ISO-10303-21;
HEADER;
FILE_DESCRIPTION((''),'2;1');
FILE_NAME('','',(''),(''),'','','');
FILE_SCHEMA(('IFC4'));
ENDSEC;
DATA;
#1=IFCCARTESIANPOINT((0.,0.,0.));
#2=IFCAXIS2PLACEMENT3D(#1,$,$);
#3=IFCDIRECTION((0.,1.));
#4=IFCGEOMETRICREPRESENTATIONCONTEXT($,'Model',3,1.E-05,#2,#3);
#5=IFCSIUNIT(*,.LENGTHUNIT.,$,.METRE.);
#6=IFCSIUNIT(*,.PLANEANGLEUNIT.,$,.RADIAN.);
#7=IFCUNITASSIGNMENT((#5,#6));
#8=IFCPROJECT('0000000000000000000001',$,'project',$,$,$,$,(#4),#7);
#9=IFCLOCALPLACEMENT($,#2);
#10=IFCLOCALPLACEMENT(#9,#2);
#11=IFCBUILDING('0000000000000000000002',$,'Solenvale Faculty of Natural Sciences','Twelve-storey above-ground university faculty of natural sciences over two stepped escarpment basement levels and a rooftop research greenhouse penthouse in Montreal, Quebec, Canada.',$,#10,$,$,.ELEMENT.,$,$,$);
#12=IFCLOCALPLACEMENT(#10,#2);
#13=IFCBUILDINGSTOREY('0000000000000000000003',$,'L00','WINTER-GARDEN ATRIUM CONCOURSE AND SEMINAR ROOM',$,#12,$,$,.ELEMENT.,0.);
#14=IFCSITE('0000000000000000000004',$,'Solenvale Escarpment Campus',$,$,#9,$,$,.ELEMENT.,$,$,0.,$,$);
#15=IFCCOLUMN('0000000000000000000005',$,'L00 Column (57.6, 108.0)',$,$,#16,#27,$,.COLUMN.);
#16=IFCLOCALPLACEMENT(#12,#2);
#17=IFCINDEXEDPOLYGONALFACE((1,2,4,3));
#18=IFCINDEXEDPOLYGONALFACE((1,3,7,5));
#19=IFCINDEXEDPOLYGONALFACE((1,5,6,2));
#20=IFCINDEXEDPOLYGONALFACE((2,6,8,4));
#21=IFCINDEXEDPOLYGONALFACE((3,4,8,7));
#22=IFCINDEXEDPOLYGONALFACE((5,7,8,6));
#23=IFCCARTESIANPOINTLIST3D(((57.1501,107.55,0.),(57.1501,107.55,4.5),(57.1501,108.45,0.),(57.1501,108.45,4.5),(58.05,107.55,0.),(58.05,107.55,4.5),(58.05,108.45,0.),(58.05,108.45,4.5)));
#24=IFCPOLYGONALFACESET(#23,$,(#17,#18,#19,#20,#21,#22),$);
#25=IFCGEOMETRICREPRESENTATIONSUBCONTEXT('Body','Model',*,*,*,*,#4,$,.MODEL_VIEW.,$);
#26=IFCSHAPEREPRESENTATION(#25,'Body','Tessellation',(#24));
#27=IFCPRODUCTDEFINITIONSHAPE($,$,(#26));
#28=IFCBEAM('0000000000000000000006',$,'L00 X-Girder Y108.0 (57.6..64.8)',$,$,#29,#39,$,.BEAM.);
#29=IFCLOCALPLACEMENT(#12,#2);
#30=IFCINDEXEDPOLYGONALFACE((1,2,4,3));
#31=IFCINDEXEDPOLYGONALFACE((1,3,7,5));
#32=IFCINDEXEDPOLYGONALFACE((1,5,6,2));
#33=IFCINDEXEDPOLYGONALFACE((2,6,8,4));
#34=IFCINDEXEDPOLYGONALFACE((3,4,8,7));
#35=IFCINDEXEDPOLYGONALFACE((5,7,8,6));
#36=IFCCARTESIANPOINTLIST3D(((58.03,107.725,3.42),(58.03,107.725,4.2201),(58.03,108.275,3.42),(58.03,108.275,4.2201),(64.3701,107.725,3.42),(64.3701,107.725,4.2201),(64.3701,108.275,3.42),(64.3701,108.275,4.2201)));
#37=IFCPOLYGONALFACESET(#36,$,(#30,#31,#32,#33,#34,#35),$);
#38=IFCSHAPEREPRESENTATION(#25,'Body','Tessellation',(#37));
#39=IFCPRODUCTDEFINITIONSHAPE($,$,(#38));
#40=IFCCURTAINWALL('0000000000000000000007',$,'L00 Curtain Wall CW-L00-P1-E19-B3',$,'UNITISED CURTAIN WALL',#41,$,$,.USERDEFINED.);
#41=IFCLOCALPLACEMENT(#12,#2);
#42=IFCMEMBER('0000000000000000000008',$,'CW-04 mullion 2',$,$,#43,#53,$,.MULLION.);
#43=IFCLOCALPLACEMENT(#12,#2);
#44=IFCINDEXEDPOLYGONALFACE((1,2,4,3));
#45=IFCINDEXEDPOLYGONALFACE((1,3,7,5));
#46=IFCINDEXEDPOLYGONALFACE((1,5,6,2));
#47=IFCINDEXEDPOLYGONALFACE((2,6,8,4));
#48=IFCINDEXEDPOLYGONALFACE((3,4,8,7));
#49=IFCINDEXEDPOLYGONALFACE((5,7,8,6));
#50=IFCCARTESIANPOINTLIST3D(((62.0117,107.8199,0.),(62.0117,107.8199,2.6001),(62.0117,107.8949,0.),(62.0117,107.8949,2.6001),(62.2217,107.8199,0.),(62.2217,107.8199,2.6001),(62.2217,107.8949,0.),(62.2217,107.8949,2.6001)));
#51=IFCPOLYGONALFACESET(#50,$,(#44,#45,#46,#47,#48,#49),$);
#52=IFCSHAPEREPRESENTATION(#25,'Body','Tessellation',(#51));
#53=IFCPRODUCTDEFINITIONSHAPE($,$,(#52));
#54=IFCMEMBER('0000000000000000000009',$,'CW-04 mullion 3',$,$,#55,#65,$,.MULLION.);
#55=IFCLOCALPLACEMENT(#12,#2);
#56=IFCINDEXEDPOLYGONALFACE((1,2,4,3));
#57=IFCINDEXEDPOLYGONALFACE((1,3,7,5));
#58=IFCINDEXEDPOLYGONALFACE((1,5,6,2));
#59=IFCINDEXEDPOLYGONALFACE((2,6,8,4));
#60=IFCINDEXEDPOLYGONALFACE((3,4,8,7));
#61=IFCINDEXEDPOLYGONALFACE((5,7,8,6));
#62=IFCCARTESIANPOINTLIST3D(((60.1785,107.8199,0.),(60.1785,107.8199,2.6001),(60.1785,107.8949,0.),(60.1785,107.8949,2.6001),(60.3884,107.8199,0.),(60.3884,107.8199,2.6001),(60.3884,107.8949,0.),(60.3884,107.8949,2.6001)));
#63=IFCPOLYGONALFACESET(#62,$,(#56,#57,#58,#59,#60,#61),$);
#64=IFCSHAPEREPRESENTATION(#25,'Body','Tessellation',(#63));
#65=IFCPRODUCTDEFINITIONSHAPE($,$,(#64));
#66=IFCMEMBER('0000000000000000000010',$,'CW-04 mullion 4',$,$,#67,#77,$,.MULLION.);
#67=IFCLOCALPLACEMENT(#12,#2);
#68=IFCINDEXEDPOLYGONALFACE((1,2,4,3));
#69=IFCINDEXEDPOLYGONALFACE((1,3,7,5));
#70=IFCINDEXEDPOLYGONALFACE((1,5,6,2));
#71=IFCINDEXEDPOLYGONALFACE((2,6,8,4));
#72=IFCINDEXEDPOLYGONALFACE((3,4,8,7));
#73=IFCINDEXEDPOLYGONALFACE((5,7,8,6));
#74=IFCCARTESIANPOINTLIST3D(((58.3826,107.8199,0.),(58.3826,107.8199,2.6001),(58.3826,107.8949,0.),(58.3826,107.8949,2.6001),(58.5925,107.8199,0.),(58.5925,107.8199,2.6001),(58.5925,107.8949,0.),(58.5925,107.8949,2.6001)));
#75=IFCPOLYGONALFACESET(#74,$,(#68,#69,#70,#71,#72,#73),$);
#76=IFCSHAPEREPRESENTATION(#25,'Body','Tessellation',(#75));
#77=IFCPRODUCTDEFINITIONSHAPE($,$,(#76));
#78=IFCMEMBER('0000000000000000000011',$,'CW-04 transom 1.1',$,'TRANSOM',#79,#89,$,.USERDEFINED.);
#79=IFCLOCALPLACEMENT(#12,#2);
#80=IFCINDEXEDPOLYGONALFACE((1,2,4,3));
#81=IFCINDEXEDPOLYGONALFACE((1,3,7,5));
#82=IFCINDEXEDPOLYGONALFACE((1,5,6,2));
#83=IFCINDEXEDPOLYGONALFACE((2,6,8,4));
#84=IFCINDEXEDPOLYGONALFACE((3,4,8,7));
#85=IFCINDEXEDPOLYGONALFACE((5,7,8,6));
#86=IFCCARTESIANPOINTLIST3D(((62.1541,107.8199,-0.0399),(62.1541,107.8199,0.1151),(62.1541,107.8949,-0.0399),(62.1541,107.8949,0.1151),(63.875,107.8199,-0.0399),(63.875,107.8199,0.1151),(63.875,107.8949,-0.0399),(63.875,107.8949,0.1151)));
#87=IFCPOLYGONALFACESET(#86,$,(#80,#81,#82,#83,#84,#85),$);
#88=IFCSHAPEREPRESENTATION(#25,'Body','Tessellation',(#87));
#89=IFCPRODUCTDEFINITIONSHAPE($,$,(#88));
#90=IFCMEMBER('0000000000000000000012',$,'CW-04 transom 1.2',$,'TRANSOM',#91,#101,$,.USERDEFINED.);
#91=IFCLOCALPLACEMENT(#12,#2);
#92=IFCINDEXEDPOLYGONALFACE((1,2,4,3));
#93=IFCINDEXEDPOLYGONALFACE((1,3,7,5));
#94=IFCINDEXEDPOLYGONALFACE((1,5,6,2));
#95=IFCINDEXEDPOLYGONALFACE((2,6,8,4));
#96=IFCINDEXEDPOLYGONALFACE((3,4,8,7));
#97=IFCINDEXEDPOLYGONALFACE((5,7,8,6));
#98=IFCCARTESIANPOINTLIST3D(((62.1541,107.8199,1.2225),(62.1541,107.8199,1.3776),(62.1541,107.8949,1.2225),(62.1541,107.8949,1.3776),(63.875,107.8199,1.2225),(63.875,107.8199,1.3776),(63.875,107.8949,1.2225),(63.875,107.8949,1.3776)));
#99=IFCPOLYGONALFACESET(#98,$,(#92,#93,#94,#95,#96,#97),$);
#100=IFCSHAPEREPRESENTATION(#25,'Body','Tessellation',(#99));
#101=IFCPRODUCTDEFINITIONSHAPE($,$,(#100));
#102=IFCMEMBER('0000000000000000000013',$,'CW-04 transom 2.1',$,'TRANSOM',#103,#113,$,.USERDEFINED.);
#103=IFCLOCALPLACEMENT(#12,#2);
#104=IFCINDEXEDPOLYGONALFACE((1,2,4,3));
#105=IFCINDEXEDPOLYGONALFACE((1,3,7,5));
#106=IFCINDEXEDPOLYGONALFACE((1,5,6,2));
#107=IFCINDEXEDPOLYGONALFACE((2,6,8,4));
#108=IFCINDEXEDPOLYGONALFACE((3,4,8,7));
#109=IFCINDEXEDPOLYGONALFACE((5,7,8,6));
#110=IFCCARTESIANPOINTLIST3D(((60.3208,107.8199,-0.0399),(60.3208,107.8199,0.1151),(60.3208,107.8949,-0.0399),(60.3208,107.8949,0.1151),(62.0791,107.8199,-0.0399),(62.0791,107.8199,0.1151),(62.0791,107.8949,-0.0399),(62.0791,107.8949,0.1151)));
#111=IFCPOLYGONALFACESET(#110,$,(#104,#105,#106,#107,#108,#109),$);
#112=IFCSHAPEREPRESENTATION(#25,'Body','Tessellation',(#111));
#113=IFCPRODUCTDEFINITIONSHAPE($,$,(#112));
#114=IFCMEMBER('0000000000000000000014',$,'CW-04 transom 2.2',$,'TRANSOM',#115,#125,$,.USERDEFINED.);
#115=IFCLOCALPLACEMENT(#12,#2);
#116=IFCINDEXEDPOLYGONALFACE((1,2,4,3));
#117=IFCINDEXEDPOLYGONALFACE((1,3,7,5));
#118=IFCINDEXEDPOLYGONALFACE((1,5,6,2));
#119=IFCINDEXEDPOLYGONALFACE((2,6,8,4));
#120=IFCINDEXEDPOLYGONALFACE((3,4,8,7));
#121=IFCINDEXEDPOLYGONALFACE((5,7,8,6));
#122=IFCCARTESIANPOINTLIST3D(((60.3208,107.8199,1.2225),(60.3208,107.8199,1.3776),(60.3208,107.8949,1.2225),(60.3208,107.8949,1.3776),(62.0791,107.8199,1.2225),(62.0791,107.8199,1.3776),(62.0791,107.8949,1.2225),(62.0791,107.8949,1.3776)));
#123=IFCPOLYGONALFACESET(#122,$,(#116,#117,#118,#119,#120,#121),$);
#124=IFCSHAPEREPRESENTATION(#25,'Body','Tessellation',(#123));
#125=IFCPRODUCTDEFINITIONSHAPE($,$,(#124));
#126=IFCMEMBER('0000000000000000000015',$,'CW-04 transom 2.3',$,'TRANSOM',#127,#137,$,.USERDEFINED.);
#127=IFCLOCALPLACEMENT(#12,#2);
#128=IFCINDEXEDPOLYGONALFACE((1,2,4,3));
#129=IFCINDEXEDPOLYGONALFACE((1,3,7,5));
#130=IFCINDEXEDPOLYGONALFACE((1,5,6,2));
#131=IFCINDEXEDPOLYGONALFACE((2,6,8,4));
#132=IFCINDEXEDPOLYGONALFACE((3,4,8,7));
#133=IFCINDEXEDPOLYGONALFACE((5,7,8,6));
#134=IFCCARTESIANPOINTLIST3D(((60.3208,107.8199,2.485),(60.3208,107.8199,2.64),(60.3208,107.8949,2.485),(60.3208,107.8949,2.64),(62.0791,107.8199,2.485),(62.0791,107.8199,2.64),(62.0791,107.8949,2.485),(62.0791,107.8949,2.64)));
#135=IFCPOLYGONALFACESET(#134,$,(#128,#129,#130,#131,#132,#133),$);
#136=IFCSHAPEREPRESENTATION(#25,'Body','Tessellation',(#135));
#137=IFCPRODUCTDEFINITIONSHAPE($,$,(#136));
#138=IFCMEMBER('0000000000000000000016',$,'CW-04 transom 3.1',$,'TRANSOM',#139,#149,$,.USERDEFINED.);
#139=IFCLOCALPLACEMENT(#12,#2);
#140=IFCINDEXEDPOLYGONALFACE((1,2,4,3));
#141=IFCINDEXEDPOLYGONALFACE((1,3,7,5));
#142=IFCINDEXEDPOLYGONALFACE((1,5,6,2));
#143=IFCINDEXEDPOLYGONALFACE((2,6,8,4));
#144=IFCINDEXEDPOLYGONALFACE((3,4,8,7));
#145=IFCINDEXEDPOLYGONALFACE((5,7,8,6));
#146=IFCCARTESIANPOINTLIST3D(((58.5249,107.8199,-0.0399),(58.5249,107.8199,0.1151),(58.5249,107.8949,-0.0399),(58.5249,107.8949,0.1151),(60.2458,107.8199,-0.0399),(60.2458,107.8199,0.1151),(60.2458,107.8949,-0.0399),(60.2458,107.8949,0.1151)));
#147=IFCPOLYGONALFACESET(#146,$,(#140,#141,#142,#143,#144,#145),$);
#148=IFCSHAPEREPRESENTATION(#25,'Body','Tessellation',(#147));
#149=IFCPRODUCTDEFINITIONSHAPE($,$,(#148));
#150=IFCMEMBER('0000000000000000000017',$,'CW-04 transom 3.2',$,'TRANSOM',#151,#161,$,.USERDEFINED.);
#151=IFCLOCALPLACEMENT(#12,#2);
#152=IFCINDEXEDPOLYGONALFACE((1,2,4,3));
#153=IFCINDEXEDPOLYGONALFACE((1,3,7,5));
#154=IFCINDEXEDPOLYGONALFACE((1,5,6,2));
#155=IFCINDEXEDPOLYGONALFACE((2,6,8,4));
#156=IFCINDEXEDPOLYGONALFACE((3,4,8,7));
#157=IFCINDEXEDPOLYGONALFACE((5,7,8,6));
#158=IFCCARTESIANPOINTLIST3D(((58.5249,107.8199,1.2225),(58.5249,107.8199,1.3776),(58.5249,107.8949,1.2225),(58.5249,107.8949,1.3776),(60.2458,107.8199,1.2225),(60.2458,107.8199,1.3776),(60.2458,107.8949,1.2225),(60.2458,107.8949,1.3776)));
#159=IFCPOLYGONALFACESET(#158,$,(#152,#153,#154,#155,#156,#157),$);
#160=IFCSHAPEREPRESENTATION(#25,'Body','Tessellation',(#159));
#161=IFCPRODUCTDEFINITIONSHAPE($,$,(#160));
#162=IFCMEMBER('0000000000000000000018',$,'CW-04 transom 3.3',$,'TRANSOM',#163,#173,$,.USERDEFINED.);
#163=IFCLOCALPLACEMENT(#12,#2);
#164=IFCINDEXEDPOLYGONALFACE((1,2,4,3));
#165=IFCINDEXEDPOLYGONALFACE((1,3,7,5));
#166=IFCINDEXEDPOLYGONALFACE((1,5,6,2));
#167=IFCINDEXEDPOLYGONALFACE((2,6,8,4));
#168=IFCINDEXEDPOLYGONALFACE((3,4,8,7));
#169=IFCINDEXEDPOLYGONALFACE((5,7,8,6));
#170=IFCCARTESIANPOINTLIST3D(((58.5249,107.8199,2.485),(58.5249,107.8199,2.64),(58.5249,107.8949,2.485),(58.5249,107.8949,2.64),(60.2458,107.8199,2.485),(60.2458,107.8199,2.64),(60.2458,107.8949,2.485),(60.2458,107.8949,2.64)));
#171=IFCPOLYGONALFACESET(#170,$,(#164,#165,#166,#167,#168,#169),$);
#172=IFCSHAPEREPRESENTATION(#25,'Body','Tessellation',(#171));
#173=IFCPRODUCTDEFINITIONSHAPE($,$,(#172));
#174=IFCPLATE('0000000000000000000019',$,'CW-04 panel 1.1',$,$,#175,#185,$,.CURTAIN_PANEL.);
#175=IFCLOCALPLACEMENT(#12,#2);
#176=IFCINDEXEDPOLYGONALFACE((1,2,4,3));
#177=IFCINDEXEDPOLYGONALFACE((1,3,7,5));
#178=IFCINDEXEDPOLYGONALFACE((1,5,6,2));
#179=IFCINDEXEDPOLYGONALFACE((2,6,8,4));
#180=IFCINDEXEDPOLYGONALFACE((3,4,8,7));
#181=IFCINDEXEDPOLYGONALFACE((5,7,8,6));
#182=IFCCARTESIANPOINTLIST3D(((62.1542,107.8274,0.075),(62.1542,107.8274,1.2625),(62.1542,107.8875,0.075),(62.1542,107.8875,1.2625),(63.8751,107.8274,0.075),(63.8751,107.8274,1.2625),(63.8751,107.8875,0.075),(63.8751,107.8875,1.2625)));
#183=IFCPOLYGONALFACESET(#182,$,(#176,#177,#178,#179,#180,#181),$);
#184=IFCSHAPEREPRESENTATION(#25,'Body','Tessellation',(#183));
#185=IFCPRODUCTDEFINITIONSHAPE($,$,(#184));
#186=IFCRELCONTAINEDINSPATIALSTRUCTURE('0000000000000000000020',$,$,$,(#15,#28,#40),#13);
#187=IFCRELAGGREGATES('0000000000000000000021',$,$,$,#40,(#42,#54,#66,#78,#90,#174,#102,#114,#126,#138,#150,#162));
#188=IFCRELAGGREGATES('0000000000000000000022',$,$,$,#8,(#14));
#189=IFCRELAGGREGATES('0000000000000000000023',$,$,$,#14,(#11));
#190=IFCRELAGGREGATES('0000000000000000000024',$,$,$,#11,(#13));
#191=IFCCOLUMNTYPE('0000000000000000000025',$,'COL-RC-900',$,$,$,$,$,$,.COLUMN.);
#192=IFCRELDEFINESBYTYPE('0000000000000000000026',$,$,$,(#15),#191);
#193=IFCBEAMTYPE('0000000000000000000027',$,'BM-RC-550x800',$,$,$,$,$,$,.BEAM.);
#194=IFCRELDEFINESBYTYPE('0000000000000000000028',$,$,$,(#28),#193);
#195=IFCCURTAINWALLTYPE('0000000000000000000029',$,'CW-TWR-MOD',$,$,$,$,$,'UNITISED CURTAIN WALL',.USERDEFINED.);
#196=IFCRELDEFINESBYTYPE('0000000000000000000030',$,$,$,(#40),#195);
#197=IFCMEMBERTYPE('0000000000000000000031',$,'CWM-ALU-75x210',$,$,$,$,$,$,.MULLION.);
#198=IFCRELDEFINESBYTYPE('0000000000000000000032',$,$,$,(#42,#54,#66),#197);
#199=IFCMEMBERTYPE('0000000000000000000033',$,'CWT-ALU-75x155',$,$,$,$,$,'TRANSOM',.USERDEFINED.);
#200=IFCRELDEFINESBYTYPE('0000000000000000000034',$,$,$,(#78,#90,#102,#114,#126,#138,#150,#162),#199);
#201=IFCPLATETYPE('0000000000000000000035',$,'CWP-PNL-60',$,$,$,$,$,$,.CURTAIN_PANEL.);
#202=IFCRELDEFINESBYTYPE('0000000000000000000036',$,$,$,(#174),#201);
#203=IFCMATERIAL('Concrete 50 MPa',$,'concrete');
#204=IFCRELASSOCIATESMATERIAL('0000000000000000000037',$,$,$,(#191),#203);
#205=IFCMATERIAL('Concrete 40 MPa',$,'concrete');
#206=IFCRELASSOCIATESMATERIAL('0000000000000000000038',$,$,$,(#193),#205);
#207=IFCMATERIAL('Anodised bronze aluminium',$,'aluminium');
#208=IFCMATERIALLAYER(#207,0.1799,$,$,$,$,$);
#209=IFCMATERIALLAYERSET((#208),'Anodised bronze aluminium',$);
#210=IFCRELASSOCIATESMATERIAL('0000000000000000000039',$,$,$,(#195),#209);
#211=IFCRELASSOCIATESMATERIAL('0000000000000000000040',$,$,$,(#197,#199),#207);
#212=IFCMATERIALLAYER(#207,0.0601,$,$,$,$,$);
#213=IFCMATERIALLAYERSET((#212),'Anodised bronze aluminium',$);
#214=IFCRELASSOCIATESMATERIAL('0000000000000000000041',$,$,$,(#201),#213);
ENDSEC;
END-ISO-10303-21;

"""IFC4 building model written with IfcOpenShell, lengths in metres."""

from ifc_helpers import new_model, si_unit, direction, frame, origin, origin_2d, place, context, subcontext, project, spatial, rectangle, extrude, material, layer, layer_set, material_profile, profile_set, type_object, element, aggregate, save


model = new_model("IFC4")

# Units and contexts
model_context = context("Model", 3, precision=1e-05, world=origin(), true_north=direction((0.0, 1.0)))
body_context = subcontext(model_context, "Body", "Model", "MODEL_VIEW")
ifc_project = project(units=[si_unit("LENGTHUNIT", "METRE"), si_unit("PLANEANGLEUNIT", "RADIAN")], contexts=[model_context])

# Site, building, storey
site_placement = place(None, origin())
site = spatial("IfcSite", under=ifc_project, at=site_placement, Name="Solenvale Escarpment Campus", CompositionType="ELEMENT", RefElevation=0.0)
building_placement = place(site_placement, origin())
building = spatial("IfcBuilding", under=site, at=building_placement, Name="Solenvale Faculty of Natural Sciences", Description="Twelve-storey above-ground university faculty of natural sciences over two stepped escarpment basement levels and a rooftop research greenhouse penthouse in Montreal, Quebec, Canada.", CompositionType="ELEMENT")
storey_placement = place(building_placement, origin())
storey = spatial("IfcBuildingStorey", under=building, at=storey_placement, Name="L00", Description="WINTER-GARDEN ATRIUM CONCOURSE AND SEMINAR ROOM", CompositionType="ELEMENT", Elevation=0.0)

# Column
ifc_material_1 = material(Name="Concrete 50 MPa", Category="concrete")
ifc_material_profile_1 = material_profile(ifc_material_1, rectangle(XDim=0.8999, YDim=0.8999, at=origin_2d()), Name="RC-COL-900x900")
ifc_profile_set_1 = profile_set([ifc_material_profile_1], Name="Concrete 50 MPa")
column_type = type_object("IfcColumnType", Name="COL-RC-900", PredefinedType="COLUMN", material=ifc_profile_set_1)
column_placement = place(storey_placement, frame((57.6001, 108.0, 0.0), z_axis=(0.0, 0.0, 1.0), x_axis=(1.0, 0.0, 0.0)))
element("IfcColumn", 1, at=column_placement, inside=storey, type_object=column_type, Name="L00 Column (57.6, 108.0)", PredefinedType="COLUMN", context=body_context, shape_type="SweptSolid", body=[
    extrude(rectangle(XDim=0.8999, YDim=0.8999, at=origin_2d()), origin(), (0.0, 0.0, 1.0), 4.5),
])

# Beam
ifc_material_2 = material(Name="Concrete 40 MPa", Category="concrete")
ifc_material_profile_2 = material_profile(ifc_material_2, rectangle(XDim=0.55, YDim=0.8, at=origin_2d()), Name="RC-BM-550x800")
ifc_profile_set_2 = profile_set([ifc_material_profile_2], Name="Concrete 40 MPa")
beam_type = type_object("IfcBeamType", Name="BM-RC-550x800", PredefinedType="BEAM", material=ifc_profile_set_2)
beam_placement = place(storey_placement, frame((58.03, 108.0, 3.8201), z_axis=(1.0, 0.0, 0.0), x_axis=(0.0, 1.0, 0.0)))
element("IfcBeam", 2, at=beam_placement, inside=storey, type_object=beam_type, Name="L00 X-Girder Y108.0 (57.6..64.8)", PredefinedType="BEAM", context=body_context, shape_type="SweptSolid", body=[
    extrude(rectangle(XDim=0.55, YDim=0.8, at=origin_2d()), origin(), (0.0, 0.0, 1.0), 6.3401),
])

# Curtain wall, members, plate
ifc_material_3 = material(Name="Anodised bronze aluminium", Category="aluminium")
ifc_layer_1 = layer(ifc_material_3, 0.1799)
ifc_layer_set_1 = layer_set([ifc_layer_1], Name="Anodised bronze aluminium")
curtain_wall_type = type_object("IfcCurtainWallType", Name="CW-TWR-MOD", ElementType="UNITISED CURTAIN WALL", PredefinedType="USERDEFINED", material=ifc_layer_set_1)
curtain_wall_placement = place(storey_placement, origin())
curtain_wall = element("IfcCurtainWall", 3, at=curtain_wall_placement, inside=storey, type_object=curtain_wall_type, Name="L00 Curtain Wall CW-L00-P1-E19-B3", ObjectType="UNITISED CURTAIN WALL", PredefinedType="USERDEFINED")
ifc_material_profile_3 = material_profile(ifc_material_3, rectangle(XDim=0.075, YDim=0.21, at=origin_2d()), Name="ALU-MUL-75x210")
ifc_profile_set_3 = profile_set([ifc_material_profile_3], Name="Anodised bronze aluminium")
member_type_1 = type_object("IfcMemberType", Name="CWM-ALU-75x210", PredefinedType="MULLION", material=ifc_profile_set_3)
member_1_placement = place(storey_placement, frame((62.1167, 107.8574, 0.0), z_axis=(0.0, 0.0, 1.0), x_axis=(0.0, -1.0, 0.0)))
member_1 = element("IfcMember", 4, at=member_1_placement, type_object=member_type_1, Name="CW-04 mullion 2", PredefinedType="MULLION", context=body_context, shape_type="SweptSolid", body=[
    extrude(rectangle(XDim=0.075, YDim=0.21, at=origin_2d()), origin(), (0.0, 0.0, 1.0), 2.6001),
])
member_2_placement = place(storey_placement, frame((60.2834, 107.8574, 0.0), z_axis=(0.0, 0.0, 1.0), x_axis=(0.0, -1.0, 0.0)))
member_2 = element("IfcMember", 5, at=member_2_placement, type_object=member_type_1, Name="CW-04 mullion 3", PredefinedType="MULLION", context=body_context, shape_type="SweptSolid", body=[
    extrude(rectangle(XDim=0.075, YDim=0.21, at=origin_2d()), origin(), (0.0, 0.0, 1.0), 2.6001),
])
member_3_placement = place(storey_placement, frame((58.4875, 107.8574, 0.0), z_axis=(0.0, 0.0, 1.0), x_axis=(0.0, -1.0, 0.0)))
member_3 = element("IfcMember", 6, at=member_3_placement, type_object=member_type_1, Name="CW-04 mullion 4", PredefinedType="MULLION", context=body_context, shape_type="SweptSolid", body=[
    extrude(rectangle(XDim=0.075, YDim=0.21, at=origin_2d()), origin(), (0.0, 0.0, 1.0), 2.6001),
])
ifc_material_profile_4 = material_profile(ifc_material_3, rectangle(XDim=0.075, YDim=0.155, at=origin_2d()), Name="ALU-TRN-75x155")
ifc_profile_set_4 = profile_set([ifc_material_profile_4], Name="Anodised bronze aluminium")
member_type_2 = type_object("IfcMemberType", Name="CWT-ALU-75x155", ElementType="TRANSOM", PredefinedType="USERDEFINED", material=ifc_profile_set_4)
member_4_placement = place(storey_placement, frame((63.875, 107.8574, 0.0376), z_axis=(-1.0, 0.0, 0.0), x_axis=(0.0, -1.0, 0.0)))
member_4 = element("IfcMember", 7, at=member_4_placement, type_object=member_type_2, Name="CW-04 transom 1.1", ObjectType="TRANSOM", PredefinedType="USERDEFINED", context=body_context, shape_type="SweptSolid", body=[
    extrude(rectangle(XDim=0.075, YDim=0.155, at=origin_2d()), origin(), (0.0, 0.0, 1.0), 1.7209),
])
member_5_placement = place(storey_placement, frame((63.875, 107.8574, 1.3), z_axis=(-1.0, 0.0, 0.0), x_axis=(0.0, -1.0, 0.0)))
member_5 = element("IfcMember", 8, at=member_5_placement, type_object=member_type_2, Name="CW-04 transom 1.2", ObjectType="TRANSOM", PredefinedType="USERDEFINED", context=body_context, shape_type="SweptSolid", body=[
    extrude(rectangle(XDim=0.075, YDim=0.155, at=origin_2d()), origin(), (0.0, 0.0, 1.0), 1.7209),
])
member_6_placement = place(storey_placement, frame((62.0791, 107.8574, 0.0376), z_axis=(-1.0, 0.0, 0.0), x_axis=(0.0, -1.0, 0.0)))
member_6 = element("IfcMember", 9, at=member_6_placement, type_object=member_type_2, Name="CW-04 transom 2.1", ObjectType="TRANSOM", PredefinedType="USERDEFINED", context=body_context, shape_type="SweptSolid", body=[
    extrude(rectangle(XDim=0.075, YDim=0.155, at=origin_2d()), origin(), (0.0, 0.0, 1.0), 1.7583),
])
member_7_placement = place(storey_placement, frame((62.0791, 107.8574, 1.3), z_axis=(-1.0, 0.0, 0.0), x_axis=(0.0, -1.0, 0.0)))
member_7 = element("IfcMember", 10, at=member_7_placement, type_object=member_type_2, Name="CW-04 transom 2.2", ObjectType="TRANSOM", PredefinedType="USERDEFINED", context=body_context, shape_type="SweptSolid", body=[
    extrude(rectangle(XDim=0.075, YDim=0.155, at=origin_2d()), origin(), (0.0, 0.0, 1.0), 1.7583),
])
member_8_placement = place(storey_placement, frame((62.0791, 107.8574, 2.5625), z_axis=(-1.0, 0.0, 0.0), x_axis=(0.0, -1.0, 0.0)))
member_8 = element("IfcMember", 11, at=member_8_placement, type_object=member_type_2, Name="CW-04 transom 2.3", ObjectType="TRANSOM", PredefinedType="USERDEFINED", context=body_context, shape_type="SweptSolid", body=[
    extrude(rectangle(XDim=0.075, YDim=0.155, at=origin_2d()), origin(), (0.0, 0.0, 1.0), 1.7583),
])
member_9_placement = place(storey_placement, frame((60.2458, 107.8574, 0.0376), z_axis=(-1.0, 0.0, 0.0), x_axis=(0.0, -1.0, 0.0)))
member_9 = element("IfcMember", 12, at=member_9_placement, type_object=member_type_2, Name="CW-04 transom 3.1", ObjectType="TRANSOM", PredefinedType="USERDEFINED", context=body_context, shape_type="SweptSolid", body=[
    extrude(rectangle(XDim=0.075, YDim=0.155, at=origin_2d()), origin(), (0.0, 0.0, 1.0), 1.7209),
])
member_10_placement = place(storey_placement, frame((60.2458, 107.8574, 1.3), z_axis=(-1.0, 0.0, 0.0), x_axis=(0.0, -1.0, 0.0)))
member_10 = element("IfcMember", 13, at=member_10_placement, type_object=member_type_2, Name="CW-04 transom 3.2", ObjectType="TRANSOM", PredefinedType="USERDEFINED", context=body_context, shape_type="SweptSolid", body=[
    extrude(rectangle(XDim=0.075, YDim=0.155, at=origin_2d()), origin(), (0.0, 0.0, 1.0), 1.7209),
])
member_11_placement = place(storey_placement, frame((60.2458, 107.8574, 2.5625), z_axis=(-1.0, 0.0, 0.0), x_axis=(0.0, -1.0, 0.0)))
member_11 = element("IfcMember", 14, at=member_11_placement, type_object=member_type_2, Name="CW-04 transom 3.3", ObjectType="TRANSOM", PredefinedType="USERDEFINED", context=body_context, shape_type="SweptSolid", body=[
    extrude(rectangle(XDim=0.075, YDim=0.155, at=origin_2d()), origin(), (0.0, 0.0, 1.0), 1.7209),
])
ifc_layer_2 = layer(ifc_material_3, 0.0601)
ifc_layer_set_2 = layer_set([ifc_layer_2], Name="Anodised bronze aluminium")
plate_type = type_object("IfcPlateType", Name="CWP-PNL-60", PredefinedType="CURTAIN_PANEL", material=ifc_layer_set_2)
plate_1_placement = place(storey_placement, frame((63.0146, 107.8574, 0.075), z_axis=(0.0, 0.0, 1.0), x_axis=(-1.0, 0.0, 0.0)))
plate_1 = element("IfcPlate", 15, at=plate_1_placement, type_object=plate_type, Name="CW-04 panel 1.1", PredefinedType="CURTAIN_PANEL", context=body_context, shape_type="SweptSolid", body=[
    extrude(rectangle(XDim=1.7209, YDim=0.0601, at=origin_2d()), origin(), (0.0, 0.0, 1.0), 1.1875),
])
aggregate(curtain_wall, [member_1, member_2, member_3, member_4, member_5, plate_1, member_6, member_7, member_8, member_9, member_10, member_11])

save(model, "model.ifc")
